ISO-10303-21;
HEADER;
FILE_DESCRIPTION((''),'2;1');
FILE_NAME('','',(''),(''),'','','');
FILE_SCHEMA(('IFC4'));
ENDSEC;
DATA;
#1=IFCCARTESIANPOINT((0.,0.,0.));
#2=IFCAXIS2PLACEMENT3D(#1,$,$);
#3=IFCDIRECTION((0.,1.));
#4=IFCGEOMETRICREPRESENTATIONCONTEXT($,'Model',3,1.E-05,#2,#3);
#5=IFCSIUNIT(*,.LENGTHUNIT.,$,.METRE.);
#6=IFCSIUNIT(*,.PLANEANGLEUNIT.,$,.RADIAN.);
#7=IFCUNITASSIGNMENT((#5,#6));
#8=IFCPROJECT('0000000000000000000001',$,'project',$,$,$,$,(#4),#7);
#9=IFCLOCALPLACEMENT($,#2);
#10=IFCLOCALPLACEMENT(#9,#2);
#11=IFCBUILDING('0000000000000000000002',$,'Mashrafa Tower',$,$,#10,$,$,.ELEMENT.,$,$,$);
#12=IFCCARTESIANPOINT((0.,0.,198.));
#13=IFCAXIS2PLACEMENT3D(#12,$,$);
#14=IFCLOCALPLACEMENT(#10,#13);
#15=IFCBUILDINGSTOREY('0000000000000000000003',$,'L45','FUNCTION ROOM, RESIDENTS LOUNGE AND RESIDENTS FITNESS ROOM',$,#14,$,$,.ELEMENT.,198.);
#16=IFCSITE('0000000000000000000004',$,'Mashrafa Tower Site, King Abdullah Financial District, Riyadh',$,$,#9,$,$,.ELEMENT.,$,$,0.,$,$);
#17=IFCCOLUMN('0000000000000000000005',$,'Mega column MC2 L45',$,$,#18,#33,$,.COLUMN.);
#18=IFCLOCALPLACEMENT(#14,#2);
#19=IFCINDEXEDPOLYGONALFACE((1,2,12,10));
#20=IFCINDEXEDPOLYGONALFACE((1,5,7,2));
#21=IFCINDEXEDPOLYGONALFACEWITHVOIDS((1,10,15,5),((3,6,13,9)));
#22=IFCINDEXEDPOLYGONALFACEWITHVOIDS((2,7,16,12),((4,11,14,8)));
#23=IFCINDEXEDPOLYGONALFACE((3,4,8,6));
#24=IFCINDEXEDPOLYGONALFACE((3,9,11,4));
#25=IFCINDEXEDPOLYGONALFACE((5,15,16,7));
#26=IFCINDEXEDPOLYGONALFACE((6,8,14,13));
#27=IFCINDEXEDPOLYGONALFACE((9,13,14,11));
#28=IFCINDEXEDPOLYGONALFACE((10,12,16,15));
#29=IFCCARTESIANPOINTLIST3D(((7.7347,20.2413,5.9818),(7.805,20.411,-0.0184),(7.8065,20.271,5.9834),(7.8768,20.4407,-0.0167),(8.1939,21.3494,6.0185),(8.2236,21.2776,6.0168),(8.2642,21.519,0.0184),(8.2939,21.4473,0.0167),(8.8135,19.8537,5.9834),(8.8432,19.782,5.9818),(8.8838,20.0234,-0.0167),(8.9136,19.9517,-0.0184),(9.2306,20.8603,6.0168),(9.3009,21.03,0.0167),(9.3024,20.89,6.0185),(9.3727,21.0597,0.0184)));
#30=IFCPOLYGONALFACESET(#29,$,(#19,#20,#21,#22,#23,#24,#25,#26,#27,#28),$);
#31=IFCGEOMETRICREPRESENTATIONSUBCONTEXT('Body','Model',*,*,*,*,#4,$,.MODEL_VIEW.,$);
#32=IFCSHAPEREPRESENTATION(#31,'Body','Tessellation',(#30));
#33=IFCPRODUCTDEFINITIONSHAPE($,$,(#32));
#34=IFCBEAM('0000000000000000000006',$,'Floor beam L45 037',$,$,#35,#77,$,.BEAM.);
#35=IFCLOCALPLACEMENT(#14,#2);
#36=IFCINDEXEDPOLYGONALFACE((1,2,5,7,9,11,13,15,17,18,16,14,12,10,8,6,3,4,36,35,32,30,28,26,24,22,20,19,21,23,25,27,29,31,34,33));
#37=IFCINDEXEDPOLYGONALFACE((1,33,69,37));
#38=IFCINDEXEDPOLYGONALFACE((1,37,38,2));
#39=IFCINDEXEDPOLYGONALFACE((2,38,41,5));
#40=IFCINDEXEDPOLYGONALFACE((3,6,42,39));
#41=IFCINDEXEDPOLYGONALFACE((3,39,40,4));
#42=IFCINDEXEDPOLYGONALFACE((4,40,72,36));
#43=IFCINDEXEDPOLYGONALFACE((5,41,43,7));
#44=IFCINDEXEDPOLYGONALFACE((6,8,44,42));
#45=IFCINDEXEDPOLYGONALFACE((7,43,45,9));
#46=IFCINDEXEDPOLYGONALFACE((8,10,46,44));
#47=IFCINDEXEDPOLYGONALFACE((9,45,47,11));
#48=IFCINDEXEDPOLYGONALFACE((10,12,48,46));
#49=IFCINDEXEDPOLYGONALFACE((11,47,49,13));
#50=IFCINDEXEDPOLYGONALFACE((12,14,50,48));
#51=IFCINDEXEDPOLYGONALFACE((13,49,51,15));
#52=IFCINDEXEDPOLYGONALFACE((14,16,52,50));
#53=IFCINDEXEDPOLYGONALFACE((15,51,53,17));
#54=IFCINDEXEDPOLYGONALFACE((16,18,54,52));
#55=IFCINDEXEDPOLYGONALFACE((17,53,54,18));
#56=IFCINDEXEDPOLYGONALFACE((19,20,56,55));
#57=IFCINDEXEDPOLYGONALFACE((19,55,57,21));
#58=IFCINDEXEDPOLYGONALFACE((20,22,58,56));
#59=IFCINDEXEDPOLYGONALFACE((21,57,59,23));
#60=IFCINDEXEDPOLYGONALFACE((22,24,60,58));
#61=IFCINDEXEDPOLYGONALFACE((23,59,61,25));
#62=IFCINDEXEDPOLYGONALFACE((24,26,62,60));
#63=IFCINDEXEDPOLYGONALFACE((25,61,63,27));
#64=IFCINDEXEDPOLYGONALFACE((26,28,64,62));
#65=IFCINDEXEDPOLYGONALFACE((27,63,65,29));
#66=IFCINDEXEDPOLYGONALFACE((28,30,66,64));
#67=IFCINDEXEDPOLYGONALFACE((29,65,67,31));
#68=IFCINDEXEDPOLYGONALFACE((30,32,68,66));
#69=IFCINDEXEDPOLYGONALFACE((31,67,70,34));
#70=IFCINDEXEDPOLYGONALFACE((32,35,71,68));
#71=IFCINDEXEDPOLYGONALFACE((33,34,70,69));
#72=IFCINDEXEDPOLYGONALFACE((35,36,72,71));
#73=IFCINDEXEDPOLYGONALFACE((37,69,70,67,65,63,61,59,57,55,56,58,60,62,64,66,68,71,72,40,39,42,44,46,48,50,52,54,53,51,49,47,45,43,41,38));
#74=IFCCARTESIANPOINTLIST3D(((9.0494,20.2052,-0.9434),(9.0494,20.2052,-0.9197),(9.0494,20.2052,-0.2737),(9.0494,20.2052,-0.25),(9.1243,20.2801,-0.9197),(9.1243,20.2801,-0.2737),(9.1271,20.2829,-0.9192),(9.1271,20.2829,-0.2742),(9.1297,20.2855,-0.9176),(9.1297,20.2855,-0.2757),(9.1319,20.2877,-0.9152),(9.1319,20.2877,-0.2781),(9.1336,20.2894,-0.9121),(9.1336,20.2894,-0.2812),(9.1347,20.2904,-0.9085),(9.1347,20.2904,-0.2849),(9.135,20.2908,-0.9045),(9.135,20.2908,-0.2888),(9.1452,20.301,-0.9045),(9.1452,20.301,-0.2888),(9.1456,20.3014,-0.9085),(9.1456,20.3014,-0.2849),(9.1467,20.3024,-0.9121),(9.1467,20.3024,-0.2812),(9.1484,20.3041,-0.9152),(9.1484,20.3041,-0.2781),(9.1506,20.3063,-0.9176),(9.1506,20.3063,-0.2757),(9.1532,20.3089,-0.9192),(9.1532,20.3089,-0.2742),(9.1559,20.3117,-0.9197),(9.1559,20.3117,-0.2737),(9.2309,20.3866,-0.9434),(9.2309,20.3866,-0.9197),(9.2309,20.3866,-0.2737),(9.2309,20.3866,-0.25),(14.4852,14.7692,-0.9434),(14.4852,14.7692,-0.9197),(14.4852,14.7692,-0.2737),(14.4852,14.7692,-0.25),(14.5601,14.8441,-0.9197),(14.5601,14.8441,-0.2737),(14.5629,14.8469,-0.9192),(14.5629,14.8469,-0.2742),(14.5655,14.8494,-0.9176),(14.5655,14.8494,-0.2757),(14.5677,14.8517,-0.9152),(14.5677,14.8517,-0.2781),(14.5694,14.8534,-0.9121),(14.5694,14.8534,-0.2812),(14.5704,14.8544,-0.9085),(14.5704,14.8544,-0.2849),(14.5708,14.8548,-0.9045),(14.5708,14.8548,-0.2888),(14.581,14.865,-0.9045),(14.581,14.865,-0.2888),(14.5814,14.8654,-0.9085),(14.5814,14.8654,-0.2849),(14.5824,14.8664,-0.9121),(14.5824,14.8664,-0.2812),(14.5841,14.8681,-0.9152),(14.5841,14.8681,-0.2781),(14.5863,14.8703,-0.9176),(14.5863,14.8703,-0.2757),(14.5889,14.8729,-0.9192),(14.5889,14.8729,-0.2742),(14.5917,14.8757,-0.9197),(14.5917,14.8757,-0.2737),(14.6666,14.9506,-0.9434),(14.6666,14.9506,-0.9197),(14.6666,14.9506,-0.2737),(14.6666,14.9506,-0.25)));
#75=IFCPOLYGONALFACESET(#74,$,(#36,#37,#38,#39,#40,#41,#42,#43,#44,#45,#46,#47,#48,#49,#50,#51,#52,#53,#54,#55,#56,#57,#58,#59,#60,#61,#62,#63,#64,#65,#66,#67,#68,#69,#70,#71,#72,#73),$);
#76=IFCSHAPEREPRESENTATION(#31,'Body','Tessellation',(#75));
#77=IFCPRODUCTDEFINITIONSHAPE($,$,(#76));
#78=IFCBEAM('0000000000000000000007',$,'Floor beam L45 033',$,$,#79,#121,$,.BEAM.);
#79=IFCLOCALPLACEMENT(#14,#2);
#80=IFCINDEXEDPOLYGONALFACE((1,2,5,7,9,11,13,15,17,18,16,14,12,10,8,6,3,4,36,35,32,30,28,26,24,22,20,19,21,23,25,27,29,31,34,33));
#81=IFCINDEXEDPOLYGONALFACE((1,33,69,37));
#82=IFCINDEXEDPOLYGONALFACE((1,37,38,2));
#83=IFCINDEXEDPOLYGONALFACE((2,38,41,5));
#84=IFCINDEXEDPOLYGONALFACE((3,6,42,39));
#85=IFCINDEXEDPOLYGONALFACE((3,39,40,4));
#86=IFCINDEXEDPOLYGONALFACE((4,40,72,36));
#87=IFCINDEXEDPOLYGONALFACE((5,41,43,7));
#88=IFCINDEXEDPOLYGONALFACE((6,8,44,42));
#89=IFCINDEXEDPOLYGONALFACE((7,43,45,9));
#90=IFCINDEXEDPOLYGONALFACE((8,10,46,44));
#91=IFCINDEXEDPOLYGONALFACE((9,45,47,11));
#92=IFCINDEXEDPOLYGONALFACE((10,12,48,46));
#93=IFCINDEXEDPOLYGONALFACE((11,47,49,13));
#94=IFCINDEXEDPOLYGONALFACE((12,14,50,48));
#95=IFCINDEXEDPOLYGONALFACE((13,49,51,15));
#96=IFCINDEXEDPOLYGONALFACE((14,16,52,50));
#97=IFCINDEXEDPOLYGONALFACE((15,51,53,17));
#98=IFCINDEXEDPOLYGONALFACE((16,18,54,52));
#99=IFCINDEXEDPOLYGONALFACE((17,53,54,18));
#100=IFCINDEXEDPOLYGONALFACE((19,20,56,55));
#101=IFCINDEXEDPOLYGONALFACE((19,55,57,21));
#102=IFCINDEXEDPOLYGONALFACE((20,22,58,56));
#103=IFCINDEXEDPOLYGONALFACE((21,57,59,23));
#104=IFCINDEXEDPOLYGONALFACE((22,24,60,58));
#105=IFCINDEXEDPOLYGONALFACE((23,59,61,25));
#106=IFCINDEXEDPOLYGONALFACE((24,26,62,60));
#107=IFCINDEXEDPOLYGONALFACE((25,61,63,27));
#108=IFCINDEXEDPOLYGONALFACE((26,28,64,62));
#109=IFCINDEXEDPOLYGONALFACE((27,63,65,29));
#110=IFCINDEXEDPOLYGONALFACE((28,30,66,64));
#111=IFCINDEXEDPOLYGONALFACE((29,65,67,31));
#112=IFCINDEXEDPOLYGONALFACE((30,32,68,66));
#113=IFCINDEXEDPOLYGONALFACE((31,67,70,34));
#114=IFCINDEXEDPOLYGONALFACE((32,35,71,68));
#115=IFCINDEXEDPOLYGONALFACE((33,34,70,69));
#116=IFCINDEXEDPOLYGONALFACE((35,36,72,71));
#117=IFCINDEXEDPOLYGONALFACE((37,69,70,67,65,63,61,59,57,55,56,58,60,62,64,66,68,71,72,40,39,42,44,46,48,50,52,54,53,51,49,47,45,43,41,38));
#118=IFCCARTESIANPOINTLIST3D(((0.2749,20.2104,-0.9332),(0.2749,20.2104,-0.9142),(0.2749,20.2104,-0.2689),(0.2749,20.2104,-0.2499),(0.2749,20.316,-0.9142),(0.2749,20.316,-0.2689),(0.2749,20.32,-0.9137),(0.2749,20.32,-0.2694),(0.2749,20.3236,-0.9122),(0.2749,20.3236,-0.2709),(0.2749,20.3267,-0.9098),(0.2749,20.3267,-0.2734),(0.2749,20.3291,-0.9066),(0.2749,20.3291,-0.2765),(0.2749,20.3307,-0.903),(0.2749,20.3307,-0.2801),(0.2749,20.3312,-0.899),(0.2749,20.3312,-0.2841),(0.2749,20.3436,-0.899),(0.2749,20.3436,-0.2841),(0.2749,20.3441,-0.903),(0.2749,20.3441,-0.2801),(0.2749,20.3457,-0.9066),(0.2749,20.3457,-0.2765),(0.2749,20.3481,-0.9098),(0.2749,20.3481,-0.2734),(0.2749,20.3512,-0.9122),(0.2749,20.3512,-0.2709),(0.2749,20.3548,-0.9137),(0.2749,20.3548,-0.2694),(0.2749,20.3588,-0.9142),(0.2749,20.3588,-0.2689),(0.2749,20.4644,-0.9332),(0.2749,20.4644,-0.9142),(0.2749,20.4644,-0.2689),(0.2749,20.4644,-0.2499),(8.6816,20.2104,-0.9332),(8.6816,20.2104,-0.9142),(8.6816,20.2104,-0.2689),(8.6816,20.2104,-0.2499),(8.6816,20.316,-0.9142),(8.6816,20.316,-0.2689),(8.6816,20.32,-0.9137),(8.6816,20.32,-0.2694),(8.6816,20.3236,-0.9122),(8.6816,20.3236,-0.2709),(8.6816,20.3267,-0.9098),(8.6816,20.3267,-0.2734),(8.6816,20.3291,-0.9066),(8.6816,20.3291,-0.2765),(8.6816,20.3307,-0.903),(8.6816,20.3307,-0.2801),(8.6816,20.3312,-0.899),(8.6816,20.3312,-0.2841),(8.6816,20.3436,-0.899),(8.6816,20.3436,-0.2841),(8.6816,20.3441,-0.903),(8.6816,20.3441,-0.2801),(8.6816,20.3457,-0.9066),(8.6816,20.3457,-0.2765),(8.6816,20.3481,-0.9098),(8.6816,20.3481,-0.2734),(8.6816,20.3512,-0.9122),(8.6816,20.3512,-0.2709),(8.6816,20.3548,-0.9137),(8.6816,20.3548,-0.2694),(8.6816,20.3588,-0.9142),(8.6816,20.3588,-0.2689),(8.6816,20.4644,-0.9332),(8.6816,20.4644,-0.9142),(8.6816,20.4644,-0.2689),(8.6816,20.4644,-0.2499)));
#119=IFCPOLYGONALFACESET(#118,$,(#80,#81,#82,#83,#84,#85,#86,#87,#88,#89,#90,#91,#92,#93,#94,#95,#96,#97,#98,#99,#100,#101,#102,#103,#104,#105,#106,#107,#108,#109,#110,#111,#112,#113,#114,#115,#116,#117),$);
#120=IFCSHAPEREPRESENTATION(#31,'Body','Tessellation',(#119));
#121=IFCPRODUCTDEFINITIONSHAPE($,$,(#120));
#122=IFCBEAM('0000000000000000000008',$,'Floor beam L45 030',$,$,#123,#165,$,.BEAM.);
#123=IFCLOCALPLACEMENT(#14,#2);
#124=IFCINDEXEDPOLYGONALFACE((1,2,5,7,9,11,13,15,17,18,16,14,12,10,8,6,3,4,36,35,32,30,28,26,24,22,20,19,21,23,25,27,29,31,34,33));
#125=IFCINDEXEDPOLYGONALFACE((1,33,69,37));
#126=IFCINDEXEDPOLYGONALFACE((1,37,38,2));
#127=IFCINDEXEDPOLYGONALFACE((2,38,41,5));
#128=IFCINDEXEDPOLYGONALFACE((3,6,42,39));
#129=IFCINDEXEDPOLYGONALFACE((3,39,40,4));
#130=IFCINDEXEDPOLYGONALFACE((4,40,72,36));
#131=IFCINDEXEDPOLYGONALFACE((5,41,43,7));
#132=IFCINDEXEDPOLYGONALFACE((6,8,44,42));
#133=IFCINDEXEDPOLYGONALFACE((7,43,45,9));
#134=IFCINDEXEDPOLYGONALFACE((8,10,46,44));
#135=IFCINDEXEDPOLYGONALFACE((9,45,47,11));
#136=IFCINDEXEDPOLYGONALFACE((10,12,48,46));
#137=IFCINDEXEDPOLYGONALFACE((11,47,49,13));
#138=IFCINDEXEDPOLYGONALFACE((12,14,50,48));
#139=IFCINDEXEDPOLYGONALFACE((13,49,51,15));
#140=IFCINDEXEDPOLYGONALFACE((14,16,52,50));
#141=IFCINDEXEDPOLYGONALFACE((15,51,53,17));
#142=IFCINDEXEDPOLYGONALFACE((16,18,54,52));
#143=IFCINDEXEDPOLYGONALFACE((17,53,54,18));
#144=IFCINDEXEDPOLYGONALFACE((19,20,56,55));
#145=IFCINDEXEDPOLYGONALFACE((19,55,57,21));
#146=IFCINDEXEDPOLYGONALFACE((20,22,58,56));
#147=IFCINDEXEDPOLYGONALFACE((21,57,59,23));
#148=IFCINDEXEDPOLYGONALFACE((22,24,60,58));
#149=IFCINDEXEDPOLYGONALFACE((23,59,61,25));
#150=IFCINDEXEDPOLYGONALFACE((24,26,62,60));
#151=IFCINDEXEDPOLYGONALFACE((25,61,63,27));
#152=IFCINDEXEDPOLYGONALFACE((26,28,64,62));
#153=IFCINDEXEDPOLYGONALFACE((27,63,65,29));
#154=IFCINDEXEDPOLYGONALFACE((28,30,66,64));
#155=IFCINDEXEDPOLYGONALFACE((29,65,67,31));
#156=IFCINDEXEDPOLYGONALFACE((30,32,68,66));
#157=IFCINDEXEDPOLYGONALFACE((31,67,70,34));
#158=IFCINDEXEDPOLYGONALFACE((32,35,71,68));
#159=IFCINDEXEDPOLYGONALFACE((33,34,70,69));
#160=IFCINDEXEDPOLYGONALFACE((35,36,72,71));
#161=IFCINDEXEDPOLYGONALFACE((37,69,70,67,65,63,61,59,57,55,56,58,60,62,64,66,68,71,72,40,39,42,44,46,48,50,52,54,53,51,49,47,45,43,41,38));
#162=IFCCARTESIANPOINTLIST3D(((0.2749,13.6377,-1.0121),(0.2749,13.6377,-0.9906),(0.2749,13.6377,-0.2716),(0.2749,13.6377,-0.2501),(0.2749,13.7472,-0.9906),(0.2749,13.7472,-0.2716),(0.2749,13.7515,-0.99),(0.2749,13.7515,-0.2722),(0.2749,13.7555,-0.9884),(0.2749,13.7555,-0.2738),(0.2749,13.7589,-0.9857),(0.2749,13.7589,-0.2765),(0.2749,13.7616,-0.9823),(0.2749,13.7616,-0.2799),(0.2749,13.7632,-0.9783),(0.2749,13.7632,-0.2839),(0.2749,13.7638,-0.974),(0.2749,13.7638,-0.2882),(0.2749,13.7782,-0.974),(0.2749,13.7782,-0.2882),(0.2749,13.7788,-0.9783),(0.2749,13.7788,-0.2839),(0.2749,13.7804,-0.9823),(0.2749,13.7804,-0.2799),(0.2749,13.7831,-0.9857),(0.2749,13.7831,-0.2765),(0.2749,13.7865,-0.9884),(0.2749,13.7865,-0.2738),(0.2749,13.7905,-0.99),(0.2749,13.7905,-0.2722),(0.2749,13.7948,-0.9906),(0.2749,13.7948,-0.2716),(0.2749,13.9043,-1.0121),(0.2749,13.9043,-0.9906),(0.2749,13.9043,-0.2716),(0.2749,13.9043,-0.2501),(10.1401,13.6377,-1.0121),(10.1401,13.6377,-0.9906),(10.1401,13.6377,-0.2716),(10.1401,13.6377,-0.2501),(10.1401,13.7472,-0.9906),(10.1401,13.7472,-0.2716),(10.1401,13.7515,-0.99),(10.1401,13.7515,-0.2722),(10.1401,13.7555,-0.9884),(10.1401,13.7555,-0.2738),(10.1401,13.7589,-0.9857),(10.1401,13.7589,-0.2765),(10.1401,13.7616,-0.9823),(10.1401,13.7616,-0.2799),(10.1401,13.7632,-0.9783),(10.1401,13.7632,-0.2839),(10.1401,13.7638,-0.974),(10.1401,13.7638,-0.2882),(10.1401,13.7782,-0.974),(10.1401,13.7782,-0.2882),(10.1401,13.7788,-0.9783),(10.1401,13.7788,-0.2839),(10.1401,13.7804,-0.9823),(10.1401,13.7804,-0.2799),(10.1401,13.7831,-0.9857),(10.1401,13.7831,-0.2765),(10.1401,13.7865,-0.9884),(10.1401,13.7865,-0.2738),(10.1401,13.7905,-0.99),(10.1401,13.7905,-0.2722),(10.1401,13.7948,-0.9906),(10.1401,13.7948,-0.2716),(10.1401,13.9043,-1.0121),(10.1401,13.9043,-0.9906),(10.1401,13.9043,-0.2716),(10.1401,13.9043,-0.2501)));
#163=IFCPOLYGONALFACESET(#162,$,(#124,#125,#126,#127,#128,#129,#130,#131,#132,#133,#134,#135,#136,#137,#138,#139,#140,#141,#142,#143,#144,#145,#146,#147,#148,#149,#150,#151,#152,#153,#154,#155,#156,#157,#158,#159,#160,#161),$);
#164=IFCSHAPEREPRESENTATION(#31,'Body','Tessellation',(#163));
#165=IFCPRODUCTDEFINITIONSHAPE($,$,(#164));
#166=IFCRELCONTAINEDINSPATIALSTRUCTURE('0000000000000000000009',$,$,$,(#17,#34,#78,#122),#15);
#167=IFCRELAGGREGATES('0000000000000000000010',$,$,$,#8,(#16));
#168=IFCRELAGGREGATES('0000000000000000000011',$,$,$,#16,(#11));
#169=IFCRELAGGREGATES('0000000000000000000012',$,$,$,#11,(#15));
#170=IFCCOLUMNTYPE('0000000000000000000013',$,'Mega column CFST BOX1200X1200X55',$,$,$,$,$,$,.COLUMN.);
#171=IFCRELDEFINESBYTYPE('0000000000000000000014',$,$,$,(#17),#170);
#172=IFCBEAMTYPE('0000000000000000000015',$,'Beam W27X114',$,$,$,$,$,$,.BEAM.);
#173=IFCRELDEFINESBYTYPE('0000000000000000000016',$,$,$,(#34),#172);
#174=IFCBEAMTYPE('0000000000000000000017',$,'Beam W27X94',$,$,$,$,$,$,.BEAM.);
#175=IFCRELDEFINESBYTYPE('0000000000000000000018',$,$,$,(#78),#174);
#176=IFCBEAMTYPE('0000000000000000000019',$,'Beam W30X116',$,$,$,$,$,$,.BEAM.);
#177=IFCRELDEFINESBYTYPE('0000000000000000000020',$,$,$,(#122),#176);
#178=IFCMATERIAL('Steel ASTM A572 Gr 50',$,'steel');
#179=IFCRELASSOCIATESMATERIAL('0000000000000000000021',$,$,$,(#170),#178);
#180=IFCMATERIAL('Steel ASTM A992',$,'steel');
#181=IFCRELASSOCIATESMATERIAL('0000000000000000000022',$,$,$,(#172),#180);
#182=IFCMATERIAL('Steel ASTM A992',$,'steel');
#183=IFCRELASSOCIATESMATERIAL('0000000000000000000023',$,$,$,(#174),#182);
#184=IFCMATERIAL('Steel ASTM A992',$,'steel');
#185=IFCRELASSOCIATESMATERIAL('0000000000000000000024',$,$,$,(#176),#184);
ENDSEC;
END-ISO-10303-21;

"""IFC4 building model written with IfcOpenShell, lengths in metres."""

from ifc_helpers import new_model, si_unit, direction, frame, origin, origin_2d, place, context, subcontext, project, spatial, hollow_rectangle, i_section, extrude, material, material_profile, profile_set, type_object, element, save


model = new_model("IFC4")

# Units and contexts
model_context = context("Model", 3, precision=1e-05, world=origin(), true_north=direction((0.0, 1.0)))
body_context = subcontext(model_context, "Body", "Model", "MODEL_VIEW")
ifc_project = project(units=[si_unit("LENGTHUNIT", "METRE"), si_unit("PLANEANGLEUNIT", "RADIAN")], contexts=[model_context])

# Site, building, storey
site_placement = place(None, origin())
site = spatial("IfcSite", under=ifc_project, at=site_placement, Name="Mashrafa Tower Site, King Abdullah Financial District, Riyadh", CompositionType="ELEMENT", RefElevation=0.0)
building_placement = place(site_placement, origin())
building = spatial("IfcBuilding", under=site, at=building_placement, Name="Mashrafa Tower", CompositionType="ELEMENT")
storey_placement = place(building_placement, frame((0.0, 0.0, 198.0)))
storey = spatial("IfcBuildingStorey", under=building, at=storey_placement, Name="L45", Description="FUNCTION ROOM, RESIDENTS LOUNGE AND RESIDENTS FITNESS ROOM", CompositionType="ELEMENT", Elevation=198.0)

# Column
ifc_material_1 = material(Name="Steel ASTM A572 Gr 50", Category="steel")
ifc_material_profile_1 = material_profile(ifc_material_1, hollow_rectangle(XDim=1.2, YDim=1.2, WallThickness=0.0549, at=origin_2d()), Name="BOX1200X1200X55")
ifc_profile_set_1 = profile_set([ifc_material_profile_1], Name="Steel ASTM A572 Gr 50")
column_type = type_object("IfcColumnType", Name="Mega column CFST BOX1200X1200X55", PredefinedType="COLUMN", material=ifc_profile_set_1)
column_placement = place(storey_placement, frame((8.5889, 20.7354, 0.0), z_axis=(-0.011713, -0.028266, 0.999532), x_axis=(0.923822, -0.382821, 0.0)))
element("IfcColumn", 1, at=column_placement, inside=storey, type_object=column_type, Name="Mega column MC2 L45", PredefinedType="COLUMN", context=body_context, shape_type="SweptSolid", body=[
    extrude(hollow_rectangle(XDim=1.2, YDim=1.2, WallThickness=0.0549, at=origin_2d()), origin(), (0.0, 0.0, 1.0), 6.0029),
])

# Beams
ifc_material_2 = material(Name="Steel ASTM A992", Category="steel")
ifc_material_profile_2 = material_profile(ifc_material_2, i_section(OverallWidth=0.2566, OverallDepth=0.6934, WebThickness=0.0144, FlangeThickness=0.0237, FilletRadius=0.0151, at=origin_2d()), Name="W27X114")
ifc_profile_set_2 = profile_set([ifc_material_profile_2], Name="Steel ASTM A992")
beam_type_1 = type_object("IfcBeamType", Name="Beam W27X114", PredefinedType="BEAM", material=ifc_profile_set_2)
beam_1_placement = place(storey_placement, frame((9.1401, 20.2959, -0.5967), z_axis=(0.707091, -0.707123, 0.0), x_axis=(0.707123, 0.707091, 0.0)))
element("IfcBeam", 2, at=beam_1_placement, inside=storey, type_object=beam_type_1, Name="Floor beam L45 037", PredefinedType="BEAM", context=body_context, shape_type="SweptSolid", body=[
    extrude(i_section(OverallWidth=0.2566, OverallDepth=0.6934, WebThickness=0.0144, FlangeThickness=0.0237, FilletRadius=0.0151, at=origin_2d()), origin(), (0.0, 0.0, 1.0), 7.6875),
])
ifc_material_3 = material(Name="Steel ASTM A992", Category="steel")
ifc_material_profile_3 = material_profile(ifc_material_3, i_section(OverallWidth=0.2539, OverallDepth=0.6833, WebThickness=0.0125, FlangeThickness=0.019, FilletRadius=0.0151, at=origin_2d()), Name="W27X94")
ifc_profile_set_3 = profile_set([ifc_material_profile_3], Name="Steel ASTM A992")
beam_type_2 = type_object("IfcBeamType", Name="Beam W27X94", PredefinedType="BEAM", material=ifc_profile_set_3)
beam_2_placement = place(storey_placement, frame((0.2749, 20.3374, -0.5916), z_axis=(1.0, 0.0, 0.0), x_axis=(0.0, 1.0, 0.0)))
element("IfcBeam", 3, at=beam_2_placement, inside=storey, type_object=beam_type_2, Name="Floor beam L45 033", PredefinedType="BEAM", context=body_context, shape_type="SweptSolid", body=[
    extrude(i_section(OverallWidth=0.2539, OverallDepth=0.6833, WebThickness=0.0125, FlangeThickness=0.019, FilletRadius=0.0151, at=origin_2d()), origin(), (0.0, 0.0, 1.0), 8.4067),
])
ifc_material_4 = material(Name="Steel ASTM A992", Category="steel")
ifc_material_profile_4 = material_profile(ifc_material_4, i_section(OverallWidth=0.2666, OverallDepth=0.762, WebThickness=0.0144, FlangeThickness=0.0215, FilletRadius=0.0166, at=origin_2d()), Name="W30X116")
ifc_profile_set_4 = profile_set([ifc_material_profile_4], Name="Steel ASTM A992")
beam_type_3 = type_object("IfcBeamType", Name="Beam W30X116", PredefinedType="BEAM", material=ifc_profile_set_4)
beam_3_placement = place(storey_placement, frame((0.2749, 13.771, -0.6311), z_axis=(1.0, 0.0, 0.0), x_axis=(0.0, 1.0, 0.0)))
element("IfcBeam", 4, at=beam_3_placement, inside=storey, type_object=beam_type_3, Name="Floor beam L45 030", PredefinedType="BEAM", context=body_context, shape_type="SweptSolid", body=[
    extrude(i_section(OverallWidth=0.2666, OverallDepth=0.762, WebThickness=0.0144, FlangeThickness=0.0215, FilletRadius=0.0166, at=origin_2d()), origin(), (0.0, 0.0, 1.0), 9.8652),
])

save(model, "model.ifc")
